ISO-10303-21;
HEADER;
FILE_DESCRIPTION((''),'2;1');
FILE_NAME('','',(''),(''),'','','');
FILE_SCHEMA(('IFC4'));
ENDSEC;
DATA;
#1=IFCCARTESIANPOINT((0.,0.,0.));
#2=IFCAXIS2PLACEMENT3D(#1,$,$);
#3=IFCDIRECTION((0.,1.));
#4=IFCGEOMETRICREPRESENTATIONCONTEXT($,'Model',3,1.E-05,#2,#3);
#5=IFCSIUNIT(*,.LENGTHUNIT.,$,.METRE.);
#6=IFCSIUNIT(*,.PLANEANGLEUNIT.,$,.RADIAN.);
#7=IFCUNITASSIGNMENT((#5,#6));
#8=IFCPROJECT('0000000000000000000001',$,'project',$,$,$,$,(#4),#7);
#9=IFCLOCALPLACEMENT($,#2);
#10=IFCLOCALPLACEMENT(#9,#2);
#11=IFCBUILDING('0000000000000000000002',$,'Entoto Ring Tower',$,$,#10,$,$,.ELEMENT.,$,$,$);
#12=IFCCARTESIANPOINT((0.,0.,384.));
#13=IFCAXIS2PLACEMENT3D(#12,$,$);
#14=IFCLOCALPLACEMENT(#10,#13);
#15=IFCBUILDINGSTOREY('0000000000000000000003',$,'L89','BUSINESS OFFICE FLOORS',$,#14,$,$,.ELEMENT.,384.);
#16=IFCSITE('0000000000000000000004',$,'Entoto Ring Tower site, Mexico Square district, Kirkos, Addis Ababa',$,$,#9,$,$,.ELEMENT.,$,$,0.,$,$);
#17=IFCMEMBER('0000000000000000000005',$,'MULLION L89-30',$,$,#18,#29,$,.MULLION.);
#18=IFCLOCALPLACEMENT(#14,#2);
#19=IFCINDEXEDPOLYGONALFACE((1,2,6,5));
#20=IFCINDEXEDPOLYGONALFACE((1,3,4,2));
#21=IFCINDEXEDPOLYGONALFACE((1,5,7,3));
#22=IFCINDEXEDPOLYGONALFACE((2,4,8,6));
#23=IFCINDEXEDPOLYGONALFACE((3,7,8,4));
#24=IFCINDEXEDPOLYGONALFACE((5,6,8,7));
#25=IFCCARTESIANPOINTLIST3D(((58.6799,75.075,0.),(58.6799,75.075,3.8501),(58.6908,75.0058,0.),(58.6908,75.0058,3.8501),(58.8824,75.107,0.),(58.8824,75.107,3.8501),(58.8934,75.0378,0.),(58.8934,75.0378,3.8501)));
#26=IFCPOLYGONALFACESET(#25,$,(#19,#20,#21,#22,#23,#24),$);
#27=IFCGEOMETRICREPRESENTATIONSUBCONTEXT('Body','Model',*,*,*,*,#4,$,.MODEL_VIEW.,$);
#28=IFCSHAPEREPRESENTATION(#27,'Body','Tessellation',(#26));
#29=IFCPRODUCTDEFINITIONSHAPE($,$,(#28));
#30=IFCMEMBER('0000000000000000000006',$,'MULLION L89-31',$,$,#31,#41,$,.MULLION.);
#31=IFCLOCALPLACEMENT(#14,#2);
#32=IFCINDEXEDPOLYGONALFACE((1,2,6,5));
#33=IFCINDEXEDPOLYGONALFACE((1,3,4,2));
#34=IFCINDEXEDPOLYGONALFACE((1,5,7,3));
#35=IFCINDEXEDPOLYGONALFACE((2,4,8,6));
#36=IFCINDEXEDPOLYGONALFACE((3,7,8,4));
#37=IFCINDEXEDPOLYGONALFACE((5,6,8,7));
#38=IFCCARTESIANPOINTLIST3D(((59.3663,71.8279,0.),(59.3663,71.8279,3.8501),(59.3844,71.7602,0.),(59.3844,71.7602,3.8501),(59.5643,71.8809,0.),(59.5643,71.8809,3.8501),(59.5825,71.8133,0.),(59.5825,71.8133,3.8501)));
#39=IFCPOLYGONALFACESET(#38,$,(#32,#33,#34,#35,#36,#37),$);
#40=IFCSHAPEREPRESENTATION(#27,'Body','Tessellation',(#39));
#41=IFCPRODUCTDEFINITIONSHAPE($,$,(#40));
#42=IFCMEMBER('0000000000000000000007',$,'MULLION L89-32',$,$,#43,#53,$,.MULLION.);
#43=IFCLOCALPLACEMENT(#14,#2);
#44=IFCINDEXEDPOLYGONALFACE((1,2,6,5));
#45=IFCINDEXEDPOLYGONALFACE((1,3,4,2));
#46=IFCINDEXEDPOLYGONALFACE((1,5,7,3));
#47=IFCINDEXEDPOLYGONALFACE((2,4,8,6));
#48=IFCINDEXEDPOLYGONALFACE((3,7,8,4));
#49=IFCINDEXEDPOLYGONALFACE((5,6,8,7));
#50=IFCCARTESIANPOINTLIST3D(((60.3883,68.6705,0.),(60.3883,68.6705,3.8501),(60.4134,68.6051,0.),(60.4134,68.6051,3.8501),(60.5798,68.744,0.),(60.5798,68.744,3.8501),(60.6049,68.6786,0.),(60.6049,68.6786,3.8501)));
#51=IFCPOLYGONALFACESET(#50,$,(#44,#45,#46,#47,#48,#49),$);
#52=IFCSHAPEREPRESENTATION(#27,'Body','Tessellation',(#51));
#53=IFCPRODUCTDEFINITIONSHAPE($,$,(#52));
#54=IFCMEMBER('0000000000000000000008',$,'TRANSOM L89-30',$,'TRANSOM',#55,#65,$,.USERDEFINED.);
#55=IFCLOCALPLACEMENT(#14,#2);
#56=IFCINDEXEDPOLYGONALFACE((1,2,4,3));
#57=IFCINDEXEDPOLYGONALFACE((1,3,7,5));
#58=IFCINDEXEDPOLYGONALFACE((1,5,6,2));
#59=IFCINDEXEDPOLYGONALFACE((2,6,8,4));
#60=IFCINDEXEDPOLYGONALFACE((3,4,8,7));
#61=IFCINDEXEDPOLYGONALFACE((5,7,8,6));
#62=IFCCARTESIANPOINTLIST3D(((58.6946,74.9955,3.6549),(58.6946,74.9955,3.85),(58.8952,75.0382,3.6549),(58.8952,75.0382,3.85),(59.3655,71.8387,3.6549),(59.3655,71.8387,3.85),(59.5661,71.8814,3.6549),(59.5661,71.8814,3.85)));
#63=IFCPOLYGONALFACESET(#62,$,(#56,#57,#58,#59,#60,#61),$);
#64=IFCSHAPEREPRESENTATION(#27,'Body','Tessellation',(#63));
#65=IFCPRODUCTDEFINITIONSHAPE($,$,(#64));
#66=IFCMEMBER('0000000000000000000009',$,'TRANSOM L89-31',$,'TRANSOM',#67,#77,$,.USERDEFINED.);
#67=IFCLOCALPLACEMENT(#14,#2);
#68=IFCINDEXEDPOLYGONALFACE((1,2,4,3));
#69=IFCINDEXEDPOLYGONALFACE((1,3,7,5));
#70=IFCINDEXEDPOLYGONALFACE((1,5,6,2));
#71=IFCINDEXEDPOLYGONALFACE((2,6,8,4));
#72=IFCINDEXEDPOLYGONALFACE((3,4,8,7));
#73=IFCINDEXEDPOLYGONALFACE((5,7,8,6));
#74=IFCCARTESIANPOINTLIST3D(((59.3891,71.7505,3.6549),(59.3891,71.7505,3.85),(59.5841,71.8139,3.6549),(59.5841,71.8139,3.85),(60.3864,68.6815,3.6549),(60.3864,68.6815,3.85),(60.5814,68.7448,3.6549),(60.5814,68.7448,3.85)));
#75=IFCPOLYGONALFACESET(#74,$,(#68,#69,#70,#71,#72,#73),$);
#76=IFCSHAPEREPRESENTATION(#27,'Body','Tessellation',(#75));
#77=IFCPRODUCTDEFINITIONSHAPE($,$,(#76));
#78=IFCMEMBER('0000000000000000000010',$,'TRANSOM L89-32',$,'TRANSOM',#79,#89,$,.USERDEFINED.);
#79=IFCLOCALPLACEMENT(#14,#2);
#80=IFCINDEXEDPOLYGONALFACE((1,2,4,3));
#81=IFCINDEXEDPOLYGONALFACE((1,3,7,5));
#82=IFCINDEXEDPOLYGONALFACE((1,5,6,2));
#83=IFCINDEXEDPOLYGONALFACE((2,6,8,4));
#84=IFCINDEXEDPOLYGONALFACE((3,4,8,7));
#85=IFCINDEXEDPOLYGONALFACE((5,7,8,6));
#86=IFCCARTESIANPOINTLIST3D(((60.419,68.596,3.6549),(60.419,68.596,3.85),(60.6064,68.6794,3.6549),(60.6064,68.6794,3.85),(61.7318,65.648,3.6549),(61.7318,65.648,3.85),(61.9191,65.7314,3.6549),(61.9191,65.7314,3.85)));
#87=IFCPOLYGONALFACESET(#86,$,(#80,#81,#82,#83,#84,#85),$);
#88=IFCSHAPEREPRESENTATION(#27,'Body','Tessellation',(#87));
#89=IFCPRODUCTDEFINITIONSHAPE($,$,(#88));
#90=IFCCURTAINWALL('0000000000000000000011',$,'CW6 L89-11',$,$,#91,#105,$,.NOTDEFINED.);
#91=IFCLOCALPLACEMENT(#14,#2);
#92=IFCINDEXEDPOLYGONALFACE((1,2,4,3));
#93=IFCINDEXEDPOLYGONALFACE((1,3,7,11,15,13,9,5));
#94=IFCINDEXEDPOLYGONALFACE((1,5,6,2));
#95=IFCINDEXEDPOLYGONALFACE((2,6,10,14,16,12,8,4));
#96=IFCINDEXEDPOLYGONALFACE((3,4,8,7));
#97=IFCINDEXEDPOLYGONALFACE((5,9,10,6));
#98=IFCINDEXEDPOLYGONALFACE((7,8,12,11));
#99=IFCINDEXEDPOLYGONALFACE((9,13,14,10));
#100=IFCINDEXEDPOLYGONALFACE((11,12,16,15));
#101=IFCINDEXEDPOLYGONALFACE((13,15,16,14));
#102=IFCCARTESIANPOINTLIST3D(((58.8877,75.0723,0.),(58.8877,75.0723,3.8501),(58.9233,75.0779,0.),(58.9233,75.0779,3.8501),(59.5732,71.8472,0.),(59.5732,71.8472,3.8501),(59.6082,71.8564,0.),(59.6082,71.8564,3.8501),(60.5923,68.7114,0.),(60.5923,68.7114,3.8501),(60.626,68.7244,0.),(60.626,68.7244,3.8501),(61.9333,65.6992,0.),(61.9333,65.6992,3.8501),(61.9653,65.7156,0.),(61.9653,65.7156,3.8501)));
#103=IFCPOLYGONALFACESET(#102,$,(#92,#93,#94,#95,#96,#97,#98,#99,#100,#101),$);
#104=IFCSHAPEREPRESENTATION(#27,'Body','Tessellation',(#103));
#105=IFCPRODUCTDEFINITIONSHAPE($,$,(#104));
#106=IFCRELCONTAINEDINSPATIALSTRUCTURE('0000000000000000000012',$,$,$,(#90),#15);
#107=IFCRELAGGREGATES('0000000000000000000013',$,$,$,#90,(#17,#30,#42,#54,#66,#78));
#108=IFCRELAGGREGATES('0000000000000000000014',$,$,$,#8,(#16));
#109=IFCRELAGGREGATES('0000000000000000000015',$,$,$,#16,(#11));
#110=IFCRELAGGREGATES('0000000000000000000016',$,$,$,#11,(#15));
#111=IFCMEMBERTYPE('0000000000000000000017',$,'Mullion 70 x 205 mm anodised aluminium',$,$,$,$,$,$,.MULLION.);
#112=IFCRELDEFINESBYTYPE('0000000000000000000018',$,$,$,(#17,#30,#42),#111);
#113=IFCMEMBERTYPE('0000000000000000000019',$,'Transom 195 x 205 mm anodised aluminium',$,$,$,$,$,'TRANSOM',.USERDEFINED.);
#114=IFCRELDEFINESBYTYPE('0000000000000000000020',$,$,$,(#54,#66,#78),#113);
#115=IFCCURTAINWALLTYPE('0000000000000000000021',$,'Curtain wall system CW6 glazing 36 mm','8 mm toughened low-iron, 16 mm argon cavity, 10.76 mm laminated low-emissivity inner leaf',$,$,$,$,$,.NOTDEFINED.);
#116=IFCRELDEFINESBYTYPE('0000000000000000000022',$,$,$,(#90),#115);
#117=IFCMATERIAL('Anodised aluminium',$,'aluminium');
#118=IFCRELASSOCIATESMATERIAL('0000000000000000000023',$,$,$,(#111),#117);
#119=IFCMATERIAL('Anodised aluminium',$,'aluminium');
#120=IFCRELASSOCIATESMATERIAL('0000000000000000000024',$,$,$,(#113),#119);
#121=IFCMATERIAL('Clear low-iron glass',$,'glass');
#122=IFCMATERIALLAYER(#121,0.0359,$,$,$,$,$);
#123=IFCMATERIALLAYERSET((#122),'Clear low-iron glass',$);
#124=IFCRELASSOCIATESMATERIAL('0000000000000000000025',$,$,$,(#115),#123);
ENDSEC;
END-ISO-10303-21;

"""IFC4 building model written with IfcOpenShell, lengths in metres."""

from ifc_helpers import new_model, si_unit, direction, frame, origin, origin_2d, place, context, subcontext, project, spatial, polyline, rectangle, outline, extrude, material, layer, layer_set, material_profile, profile_set, type_object, element, aggregate, save


model = new_model("IFC4")

# Units and contexts
model_context = context("Model", 3, precision=1e-05, world=origin(), true_north=direction((0.0, 1.0)))
body_context = subcontext(model_context, "Body", "Model", "MODEL_VIEW")
ifc_project = project(units=[si_unit("LENGTHUNIT", "METRE"), si_unit("PLANEANGLEUNIT", "RADIAN")], contexts=[model_context])

# Members
ifc_material_1 = material(Name="Anodised aluminium", Category="aluminium")
ifc_material_profile_1 = material_profile(ifc_material_1, rectangle(XDim=0.0701, YDim=0.2051, at=origin_2d()), Name="Mullion 70 x 205 mm anodised aluminium")
ifc_profile_set_1 = profile_set([ifc_material_profile_1], Name="Anodised aluminium")
member_type_1 = type_object("IfcMemberType", Name="Mullion 70 x 205 mm anodised aluminium", PredefinedType="MULLION", material=ifc_profile_set_1)
site_placement = place(None, origin())
building_placement = place(site_placement, origin())
storey_placement = place(building_placement, frame((0.0, 0.0, 384.0)))
member_1_placement = place(storey_placement, frame((58.7866, 75.0564, 0.0), z_axis=(0.0, 0.0, 1.0), x_axis=(0.156434, -0.987688, 0.0)))
member_1 = element("IfcMember", 1, at=member_1_placement, type_object=member_type_1, Name="MULLION L89-30", PredefinedType="MULLION", context=body_context, shape_type="SweptSolid", body=[
    extrude(rectangle(XDim=0.0701, YDim=0.2051, at=origin_2d()), origin(), (0.0, 0.0, 1.0), 3.8501),
])
member_2_placement = place(storey_placement, frame((59.4744, 71.8206, 0.0), z_axis=(0.0, 0.0, 1.0), x_axis=(0.258819, -0.965926, 0.0)))
member_2 = element("IfcMember", 2, at=member_2_placement, type_object=member_type_1, Name="MULLION L89-31", PredefinedType="MULLION", context=body_context, shape_type="SweptSolid", body=[
    extrude(rectangle(XDim=0.0701, YDim=0.2051, at=origin_2d()), origin(), (0.0, 0.0, 1.0), 3.8501),
])
member_3_placement = place(storey_placement, frame((60.4966, 68.6746, 0.0), z_axis=(0.0, 0.0, 1.0), x_axis=(0.358368, -0.93358, 0.0)))
member_3 = element("IfcMember", 3, at=member_3_placement, type_object=member_type_1, Name="MULLION L89-32", PredefinedType="MULLION", context=body_context, shape_type="SweptSolid", body=[
    extrude(rectangle(XDim=0.0701, YDim=0.2051, at=origin_2d()), origin(), (0.0, 0.0, 1.0), 3.8501),
])
ifc_material_2 = material(Name="Anodised aluminium", Category="aluminium")
ifc_material_profile_2 = material_profile(ifc_material_2, rectangle(XDim=0.2051, YDim=0.1951, at=origin_2d()), Name="Transom 195 x 205 mm anodised aluminium")
ifc_profile_set_2 = profile_set([ifc_material_profile_2], Name="Anodised aluminium")
member_type_2 = type_object("IfcMemberType", Name="Transom 195 x 205 mm anodised aluminium", ElementType="TRANSOM", PredefinedType="USERDEFINED", material=ifc_profile_set_2)
member_4_placement = place(storey_placement, frame((58.7949, 75.0168, 3.7524), z_axis=(0.207886, -0.978153, 0.0), x_axis=(0.978153, 0.207886, 0.0)))
member_4 = element("IfcMember", 4, at=member_4_placement, type_object=member_type_2, Name="TRANSOM L89-30", ObjectType="TRANSOM", PredefinedType="USERDEFINED", context=body_context, shape_type="SweptSolid", body=[
    extrude(rectangle(XDim=0.2051, YDim=0.1951, at=origin_2d()), origin(), (0.0, 0.0, 1.0), 3.2273),
])
member_5_placement = place(storey_placement, frame((59.4866, 71.7822, 3.7524), z_axis=(0.309047, -0.951047, 0.0), x_axis=(0.951047, 0.309047, 0.0)))
member_5 = element("IfcMember", 5, at=member_5_placement, type_object=member_type_2, Name="TRANSOM L89-31", ObjectType="TRANSOM", PredefinedType="USERDEFINED", context=body_context, shape_type="SweptSolid", body=[
    extrude(rectangle(XDim=0.2051, YDim=0.1951, at=origin_2d()), origin(), (0.0, 0.0, 1.0), 3.2271),
])
member_6_placement = place(storey_placement, frame((60.5127, 68.6377, 3.7524), z_axis=(0.406791, -0.913521, 0.0), x_axis=(0.913521, 0.406791, 0.0)))
member_6 = element("IfcMember", 6, at=member_6_placement, type_object=member_type_2, Name="TRANSOM L89-32", ObjectType="TRANSOM", PredefinedType="USERDEFINED", context=body_context, shape_type="SweptSolid", body=[
    extrude(rectangle(XDim=0.2051, YDim=0.1951, at=origin_2d()), origin(), (0.0, 0.0, 1.0), 3.2271),
])

# Site, building, storey
site = spatial("IfcSite", under=ifc_project, at=site_placement, Name="Entoto Ring Tower site, Mexico Square district, Kirkos, Addis Ababa", CompositionType="ELEMENT", RefElevation=0.0)
building = spatial("IfcBuilding", under=site, at=building_placement, Name="Entoto Ring Tower", CompositionType="ELEMENT")
storey = spatial("IfcBuildingStorey", under=building, at=storey_placement, Name="L89", Description="BUSINESS OFFICE FLOORS", CompositionType="ELEMENT", Elevation=384.0)

# Curtain wall
ifc_material_3 = material(Name="Clear low-iron glass", Category="glass")
ifc_layer = layer(ifc_material_3, 0.0359)
ifc_layer_set = layer_set([ifc_layer], Name="Clear low-iron glass")
curtain_wall_type = type_object("IfcCurtainWallType", Name="Curtain wall system CW6 glazing 36 mm", Description="8 mm toughened low-iron, 16 mm argon cavity, 10.76 mm laminated low-emissivity inner leaf", PredefinedType="NOTDEFINED", material=ifc_layer_set)
curtain_wall_1_placement = place(storey_placement, origin())
curtain_wall_1 = element("IfcCurtainWall", 7, at=curtain_wall_1_placement, inside=storey, type_object=curtain_wall_type, Name="CW6 L89-11", PredefinedType="NOTDEFINED", context=body_context, shape_type="SweptSolid", body=[
    extrude(outline(polyline([(58.8877, 75.0723), (59.5732, 71.8472), (60.5923, 68.7114), (61.9333, 65.6992), (61.9653, 65.7156), (60.626, 68.7244), (59.6082, 71.8564), (58.9233, 75.0779), (58.8877, 75.0723)])), origin(), (0.0, 0.0, 1.0), 3.8501),
])
aggregate(curtain_wall_1, [member_1, member_2, member_3, member_4, member_5, member_6])

save(model, "model.ifc")
